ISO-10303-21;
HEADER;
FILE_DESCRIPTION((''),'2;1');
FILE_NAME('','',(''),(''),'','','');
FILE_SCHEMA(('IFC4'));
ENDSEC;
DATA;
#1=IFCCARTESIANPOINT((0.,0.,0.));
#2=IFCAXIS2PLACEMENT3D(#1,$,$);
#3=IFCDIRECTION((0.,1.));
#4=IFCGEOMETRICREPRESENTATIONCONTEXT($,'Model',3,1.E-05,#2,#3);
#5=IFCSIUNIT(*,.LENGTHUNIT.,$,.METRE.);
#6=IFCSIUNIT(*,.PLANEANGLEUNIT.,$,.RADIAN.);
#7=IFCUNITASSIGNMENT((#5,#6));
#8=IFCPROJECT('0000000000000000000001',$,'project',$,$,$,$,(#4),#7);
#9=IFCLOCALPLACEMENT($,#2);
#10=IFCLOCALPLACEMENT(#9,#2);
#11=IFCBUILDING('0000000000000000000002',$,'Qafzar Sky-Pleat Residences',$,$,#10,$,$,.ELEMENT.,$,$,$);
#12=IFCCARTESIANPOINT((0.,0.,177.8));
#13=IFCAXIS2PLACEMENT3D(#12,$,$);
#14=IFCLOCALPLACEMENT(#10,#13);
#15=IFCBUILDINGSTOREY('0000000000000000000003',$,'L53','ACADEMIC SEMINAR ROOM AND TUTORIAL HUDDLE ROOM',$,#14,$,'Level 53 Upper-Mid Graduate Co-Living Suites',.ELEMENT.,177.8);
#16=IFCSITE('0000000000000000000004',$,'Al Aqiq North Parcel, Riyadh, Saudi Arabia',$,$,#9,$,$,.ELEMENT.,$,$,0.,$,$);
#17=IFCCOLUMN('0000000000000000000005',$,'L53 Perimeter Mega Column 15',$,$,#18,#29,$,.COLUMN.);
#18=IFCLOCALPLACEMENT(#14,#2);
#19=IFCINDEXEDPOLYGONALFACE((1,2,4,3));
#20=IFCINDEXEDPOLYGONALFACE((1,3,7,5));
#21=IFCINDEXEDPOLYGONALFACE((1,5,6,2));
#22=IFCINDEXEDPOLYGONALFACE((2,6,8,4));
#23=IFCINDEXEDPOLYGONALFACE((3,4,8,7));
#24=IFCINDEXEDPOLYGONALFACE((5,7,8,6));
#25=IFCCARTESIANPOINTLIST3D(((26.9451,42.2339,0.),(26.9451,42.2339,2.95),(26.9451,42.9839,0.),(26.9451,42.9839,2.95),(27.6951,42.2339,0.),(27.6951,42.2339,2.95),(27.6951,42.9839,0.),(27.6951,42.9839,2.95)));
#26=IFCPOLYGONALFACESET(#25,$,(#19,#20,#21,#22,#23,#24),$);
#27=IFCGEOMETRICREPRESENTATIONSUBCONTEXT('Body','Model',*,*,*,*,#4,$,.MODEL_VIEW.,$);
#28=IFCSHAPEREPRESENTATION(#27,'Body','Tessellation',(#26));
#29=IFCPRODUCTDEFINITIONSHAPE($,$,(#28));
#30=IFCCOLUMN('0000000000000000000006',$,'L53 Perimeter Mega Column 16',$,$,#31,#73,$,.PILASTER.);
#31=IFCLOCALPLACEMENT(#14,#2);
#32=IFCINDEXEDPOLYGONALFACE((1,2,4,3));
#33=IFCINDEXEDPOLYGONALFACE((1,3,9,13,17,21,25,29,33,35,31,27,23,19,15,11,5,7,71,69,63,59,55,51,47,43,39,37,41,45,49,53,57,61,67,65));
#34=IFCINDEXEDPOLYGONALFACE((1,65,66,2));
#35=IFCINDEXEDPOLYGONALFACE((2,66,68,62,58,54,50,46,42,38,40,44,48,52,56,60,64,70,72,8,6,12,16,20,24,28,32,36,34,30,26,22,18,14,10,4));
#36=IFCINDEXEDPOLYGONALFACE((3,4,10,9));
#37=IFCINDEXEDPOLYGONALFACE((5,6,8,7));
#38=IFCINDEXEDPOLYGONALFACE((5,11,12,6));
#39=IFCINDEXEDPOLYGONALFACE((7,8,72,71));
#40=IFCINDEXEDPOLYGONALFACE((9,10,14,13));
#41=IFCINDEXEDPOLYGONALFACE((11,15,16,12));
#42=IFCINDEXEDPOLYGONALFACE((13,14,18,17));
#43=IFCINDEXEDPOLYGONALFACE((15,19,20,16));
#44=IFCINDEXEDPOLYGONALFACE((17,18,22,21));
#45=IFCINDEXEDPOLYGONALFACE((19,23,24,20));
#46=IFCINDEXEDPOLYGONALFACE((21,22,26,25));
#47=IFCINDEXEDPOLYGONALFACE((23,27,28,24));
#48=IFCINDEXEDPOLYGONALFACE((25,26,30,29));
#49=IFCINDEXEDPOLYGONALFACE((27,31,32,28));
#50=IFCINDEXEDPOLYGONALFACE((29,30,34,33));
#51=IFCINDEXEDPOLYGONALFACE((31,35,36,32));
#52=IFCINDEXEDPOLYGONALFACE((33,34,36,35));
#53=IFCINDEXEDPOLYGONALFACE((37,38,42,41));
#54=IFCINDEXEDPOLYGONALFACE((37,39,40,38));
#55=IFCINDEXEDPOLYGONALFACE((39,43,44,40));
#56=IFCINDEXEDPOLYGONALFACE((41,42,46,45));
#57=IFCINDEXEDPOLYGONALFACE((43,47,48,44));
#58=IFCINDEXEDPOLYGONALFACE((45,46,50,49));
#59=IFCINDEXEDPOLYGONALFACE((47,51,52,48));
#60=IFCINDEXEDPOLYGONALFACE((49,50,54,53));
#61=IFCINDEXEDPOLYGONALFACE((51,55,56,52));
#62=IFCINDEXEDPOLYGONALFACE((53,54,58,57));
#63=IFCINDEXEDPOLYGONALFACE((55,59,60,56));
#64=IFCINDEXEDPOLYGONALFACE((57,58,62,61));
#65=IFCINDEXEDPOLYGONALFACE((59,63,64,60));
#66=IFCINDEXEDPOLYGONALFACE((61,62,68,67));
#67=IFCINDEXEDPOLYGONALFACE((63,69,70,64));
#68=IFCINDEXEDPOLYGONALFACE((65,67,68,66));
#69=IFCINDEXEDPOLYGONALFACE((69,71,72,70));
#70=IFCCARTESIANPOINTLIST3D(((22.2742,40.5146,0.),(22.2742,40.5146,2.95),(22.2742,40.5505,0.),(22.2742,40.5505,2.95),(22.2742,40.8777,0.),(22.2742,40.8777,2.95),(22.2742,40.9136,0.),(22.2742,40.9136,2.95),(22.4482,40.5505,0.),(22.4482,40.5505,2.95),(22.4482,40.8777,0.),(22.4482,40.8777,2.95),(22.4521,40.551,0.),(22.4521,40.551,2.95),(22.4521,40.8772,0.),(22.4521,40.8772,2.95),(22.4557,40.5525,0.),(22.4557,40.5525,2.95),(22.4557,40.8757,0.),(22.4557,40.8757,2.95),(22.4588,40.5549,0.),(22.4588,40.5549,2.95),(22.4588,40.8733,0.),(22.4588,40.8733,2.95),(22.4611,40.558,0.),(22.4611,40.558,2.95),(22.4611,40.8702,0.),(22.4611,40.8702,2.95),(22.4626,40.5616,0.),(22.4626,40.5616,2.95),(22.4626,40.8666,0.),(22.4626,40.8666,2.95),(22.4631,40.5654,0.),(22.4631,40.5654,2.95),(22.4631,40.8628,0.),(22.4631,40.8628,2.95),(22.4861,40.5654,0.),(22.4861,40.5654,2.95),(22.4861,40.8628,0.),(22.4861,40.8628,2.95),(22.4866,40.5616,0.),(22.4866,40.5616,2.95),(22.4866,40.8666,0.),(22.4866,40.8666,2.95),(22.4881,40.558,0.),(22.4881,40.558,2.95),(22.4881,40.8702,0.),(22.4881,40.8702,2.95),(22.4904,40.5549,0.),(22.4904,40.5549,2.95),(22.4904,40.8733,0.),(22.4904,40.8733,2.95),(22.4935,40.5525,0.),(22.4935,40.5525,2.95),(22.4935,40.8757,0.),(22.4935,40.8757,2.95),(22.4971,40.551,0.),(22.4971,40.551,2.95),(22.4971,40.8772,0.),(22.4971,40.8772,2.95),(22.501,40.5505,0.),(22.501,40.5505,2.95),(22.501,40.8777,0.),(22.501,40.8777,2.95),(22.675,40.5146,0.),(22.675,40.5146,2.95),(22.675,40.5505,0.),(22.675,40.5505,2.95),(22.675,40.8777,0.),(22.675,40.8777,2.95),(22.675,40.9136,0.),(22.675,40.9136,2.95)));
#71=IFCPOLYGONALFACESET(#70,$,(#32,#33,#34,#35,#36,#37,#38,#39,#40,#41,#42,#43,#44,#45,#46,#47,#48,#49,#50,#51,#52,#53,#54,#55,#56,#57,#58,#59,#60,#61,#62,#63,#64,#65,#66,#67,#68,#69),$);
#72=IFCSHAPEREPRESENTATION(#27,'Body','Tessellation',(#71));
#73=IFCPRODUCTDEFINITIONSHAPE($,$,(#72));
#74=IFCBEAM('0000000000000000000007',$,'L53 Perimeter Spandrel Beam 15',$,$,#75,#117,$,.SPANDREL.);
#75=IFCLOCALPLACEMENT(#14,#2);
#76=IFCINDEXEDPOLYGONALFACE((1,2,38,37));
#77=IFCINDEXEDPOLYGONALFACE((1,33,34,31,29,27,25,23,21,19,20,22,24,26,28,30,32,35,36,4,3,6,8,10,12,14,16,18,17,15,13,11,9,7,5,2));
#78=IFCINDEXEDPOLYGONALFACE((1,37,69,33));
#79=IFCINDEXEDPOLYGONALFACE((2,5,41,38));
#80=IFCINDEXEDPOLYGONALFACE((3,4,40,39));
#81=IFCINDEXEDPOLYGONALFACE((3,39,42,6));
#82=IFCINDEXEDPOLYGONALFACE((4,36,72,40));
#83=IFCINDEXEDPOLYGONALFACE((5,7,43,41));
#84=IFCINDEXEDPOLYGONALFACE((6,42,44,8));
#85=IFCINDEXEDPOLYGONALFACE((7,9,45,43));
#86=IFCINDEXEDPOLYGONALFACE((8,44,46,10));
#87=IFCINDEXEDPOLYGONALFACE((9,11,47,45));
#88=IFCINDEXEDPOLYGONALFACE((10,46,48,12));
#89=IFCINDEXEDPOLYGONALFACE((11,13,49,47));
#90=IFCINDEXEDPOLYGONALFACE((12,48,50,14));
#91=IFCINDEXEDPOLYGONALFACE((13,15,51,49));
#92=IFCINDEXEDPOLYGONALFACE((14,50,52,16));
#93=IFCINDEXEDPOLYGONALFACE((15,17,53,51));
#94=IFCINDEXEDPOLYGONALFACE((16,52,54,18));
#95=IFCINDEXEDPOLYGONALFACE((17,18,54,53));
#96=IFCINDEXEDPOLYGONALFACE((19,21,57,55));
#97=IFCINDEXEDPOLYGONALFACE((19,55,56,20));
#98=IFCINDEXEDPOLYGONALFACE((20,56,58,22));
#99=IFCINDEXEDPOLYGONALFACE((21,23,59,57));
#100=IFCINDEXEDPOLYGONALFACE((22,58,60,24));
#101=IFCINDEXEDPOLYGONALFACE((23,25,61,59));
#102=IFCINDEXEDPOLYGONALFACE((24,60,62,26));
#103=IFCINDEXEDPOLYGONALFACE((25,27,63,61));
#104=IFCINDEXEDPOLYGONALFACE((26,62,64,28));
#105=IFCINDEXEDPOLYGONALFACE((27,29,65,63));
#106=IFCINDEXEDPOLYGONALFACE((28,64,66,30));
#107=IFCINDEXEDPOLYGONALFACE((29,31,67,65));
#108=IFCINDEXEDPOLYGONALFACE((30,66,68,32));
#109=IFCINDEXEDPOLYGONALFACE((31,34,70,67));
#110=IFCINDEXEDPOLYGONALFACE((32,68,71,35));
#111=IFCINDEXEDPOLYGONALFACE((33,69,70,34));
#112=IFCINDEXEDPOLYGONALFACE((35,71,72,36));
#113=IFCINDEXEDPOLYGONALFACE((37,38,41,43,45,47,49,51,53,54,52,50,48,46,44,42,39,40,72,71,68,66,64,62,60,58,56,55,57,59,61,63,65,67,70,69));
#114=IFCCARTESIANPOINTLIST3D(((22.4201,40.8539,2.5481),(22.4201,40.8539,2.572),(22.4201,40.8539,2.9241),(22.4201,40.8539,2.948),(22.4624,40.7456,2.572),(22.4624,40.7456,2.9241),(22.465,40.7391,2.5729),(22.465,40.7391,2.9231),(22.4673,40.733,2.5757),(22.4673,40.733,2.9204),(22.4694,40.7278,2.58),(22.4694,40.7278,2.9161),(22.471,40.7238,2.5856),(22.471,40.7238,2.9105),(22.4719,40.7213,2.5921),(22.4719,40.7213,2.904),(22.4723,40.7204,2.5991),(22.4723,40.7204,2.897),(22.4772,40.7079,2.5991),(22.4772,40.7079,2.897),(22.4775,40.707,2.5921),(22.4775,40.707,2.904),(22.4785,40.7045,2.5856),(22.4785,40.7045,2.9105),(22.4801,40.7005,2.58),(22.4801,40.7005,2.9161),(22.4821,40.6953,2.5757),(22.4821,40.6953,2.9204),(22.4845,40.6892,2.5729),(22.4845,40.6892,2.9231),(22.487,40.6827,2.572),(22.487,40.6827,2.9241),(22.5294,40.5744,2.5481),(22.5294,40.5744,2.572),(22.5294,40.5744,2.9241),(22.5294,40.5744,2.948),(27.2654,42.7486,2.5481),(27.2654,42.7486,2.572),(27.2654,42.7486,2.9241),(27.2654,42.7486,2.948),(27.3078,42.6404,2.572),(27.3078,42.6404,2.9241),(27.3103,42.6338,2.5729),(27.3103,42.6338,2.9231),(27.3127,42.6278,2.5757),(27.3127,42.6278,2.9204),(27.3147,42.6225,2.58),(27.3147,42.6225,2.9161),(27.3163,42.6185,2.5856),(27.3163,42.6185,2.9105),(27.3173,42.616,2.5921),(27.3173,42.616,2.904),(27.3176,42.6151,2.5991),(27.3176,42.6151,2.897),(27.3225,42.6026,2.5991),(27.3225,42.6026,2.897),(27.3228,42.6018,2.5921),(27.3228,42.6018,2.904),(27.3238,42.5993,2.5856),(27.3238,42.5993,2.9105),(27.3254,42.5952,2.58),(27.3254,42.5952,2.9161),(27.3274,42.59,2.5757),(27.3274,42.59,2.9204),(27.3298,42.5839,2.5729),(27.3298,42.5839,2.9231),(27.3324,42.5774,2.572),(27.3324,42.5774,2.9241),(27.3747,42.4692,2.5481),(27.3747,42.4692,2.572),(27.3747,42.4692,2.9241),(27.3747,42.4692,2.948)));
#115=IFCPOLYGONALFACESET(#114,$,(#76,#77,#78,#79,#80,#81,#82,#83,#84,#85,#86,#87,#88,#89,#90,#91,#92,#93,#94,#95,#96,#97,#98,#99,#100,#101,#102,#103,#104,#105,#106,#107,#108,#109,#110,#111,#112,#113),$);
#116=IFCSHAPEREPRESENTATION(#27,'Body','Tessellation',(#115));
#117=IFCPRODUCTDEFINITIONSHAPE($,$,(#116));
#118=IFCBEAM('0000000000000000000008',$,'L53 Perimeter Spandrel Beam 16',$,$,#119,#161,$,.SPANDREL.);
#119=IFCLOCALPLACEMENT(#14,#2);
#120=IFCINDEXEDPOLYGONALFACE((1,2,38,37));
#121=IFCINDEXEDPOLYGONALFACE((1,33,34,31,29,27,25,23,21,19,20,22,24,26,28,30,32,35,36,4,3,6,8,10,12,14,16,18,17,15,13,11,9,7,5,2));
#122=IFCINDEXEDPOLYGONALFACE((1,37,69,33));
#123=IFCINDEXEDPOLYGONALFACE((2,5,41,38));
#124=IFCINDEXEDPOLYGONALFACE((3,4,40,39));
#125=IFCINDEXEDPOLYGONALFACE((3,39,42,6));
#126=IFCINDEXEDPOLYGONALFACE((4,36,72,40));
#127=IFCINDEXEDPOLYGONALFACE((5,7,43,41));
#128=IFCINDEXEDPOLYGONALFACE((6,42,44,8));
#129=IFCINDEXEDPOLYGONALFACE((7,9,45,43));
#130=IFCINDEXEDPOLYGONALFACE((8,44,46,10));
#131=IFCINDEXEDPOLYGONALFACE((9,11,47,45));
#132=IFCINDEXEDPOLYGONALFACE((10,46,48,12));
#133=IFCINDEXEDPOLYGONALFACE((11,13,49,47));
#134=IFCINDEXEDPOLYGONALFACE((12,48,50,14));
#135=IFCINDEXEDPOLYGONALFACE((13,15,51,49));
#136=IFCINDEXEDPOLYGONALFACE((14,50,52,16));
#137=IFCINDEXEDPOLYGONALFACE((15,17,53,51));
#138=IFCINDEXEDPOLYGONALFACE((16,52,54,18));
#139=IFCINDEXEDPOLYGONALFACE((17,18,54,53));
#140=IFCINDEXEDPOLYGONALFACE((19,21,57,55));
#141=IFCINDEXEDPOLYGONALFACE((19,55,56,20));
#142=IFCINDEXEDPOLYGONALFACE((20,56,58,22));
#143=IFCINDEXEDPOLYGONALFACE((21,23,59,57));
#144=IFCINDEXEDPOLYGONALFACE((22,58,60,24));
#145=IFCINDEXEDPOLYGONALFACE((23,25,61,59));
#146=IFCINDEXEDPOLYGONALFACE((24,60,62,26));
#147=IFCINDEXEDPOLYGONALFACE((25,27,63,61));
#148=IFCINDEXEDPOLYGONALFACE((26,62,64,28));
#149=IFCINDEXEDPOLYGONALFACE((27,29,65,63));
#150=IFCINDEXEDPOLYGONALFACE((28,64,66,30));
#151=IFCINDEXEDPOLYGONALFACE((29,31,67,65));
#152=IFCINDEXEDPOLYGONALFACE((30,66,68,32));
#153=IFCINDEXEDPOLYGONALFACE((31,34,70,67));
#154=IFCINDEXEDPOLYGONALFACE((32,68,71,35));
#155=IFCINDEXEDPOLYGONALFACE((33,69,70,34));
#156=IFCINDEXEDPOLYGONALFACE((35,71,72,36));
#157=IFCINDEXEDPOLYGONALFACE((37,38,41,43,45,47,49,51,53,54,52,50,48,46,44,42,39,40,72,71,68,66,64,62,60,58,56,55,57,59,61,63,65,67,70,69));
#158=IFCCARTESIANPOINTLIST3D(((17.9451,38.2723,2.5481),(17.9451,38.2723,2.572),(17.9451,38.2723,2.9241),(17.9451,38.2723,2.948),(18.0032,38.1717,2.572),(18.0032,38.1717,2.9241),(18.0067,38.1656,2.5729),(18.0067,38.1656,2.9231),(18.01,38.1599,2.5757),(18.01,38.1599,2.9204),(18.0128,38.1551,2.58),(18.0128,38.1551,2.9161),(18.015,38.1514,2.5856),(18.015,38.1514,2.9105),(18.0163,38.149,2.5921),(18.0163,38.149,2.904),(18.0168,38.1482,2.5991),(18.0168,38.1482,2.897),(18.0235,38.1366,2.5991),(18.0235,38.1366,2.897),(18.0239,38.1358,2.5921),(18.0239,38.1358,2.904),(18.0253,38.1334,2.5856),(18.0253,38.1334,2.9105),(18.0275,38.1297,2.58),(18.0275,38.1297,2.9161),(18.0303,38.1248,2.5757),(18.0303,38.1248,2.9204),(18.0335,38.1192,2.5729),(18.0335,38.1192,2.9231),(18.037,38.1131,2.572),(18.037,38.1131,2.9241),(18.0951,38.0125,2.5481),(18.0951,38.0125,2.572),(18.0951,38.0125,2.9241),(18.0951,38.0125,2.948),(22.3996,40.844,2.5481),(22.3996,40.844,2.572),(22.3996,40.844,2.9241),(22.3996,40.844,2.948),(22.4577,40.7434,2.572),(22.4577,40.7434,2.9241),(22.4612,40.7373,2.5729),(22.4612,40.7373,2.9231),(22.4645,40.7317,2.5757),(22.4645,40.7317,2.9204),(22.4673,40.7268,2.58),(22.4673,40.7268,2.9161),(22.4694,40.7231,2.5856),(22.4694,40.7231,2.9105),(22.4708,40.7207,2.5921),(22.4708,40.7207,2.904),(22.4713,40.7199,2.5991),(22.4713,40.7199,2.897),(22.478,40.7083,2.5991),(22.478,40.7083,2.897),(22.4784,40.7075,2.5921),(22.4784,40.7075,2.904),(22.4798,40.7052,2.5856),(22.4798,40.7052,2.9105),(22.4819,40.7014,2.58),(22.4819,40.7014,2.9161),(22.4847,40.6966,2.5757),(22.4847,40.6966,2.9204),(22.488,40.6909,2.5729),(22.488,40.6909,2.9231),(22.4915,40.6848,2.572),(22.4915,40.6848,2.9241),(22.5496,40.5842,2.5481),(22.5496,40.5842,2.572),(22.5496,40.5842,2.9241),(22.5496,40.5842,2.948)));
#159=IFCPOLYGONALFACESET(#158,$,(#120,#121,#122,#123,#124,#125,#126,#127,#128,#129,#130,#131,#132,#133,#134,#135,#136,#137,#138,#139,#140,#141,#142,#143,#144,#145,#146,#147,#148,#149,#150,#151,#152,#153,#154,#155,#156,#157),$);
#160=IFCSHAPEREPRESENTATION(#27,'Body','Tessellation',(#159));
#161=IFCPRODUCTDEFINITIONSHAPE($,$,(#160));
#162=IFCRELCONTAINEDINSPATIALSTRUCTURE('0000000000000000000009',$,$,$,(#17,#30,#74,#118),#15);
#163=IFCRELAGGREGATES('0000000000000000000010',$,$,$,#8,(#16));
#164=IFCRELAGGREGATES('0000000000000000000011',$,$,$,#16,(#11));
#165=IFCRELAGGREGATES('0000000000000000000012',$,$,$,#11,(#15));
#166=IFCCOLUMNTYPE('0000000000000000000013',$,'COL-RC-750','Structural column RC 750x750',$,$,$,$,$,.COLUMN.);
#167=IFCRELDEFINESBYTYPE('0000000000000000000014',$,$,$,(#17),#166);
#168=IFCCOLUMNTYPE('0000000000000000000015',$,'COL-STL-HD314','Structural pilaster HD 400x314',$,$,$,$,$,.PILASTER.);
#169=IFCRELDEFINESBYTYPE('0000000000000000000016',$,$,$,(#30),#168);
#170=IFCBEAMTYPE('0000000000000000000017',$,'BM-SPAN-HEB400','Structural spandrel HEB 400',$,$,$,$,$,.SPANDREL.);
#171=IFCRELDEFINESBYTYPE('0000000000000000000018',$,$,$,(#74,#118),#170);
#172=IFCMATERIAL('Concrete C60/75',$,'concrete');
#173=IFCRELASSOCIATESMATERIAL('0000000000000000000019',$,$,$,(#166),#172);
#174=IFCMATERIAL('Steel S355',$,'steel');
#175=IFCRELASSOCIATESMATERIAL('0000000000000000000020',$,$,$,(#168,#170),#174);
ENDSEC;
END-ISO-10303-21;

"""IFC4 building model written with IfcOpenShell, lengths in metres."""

from ifc_helpers import new_model, si_unit, direction, frame, origin, origin_2d, place, context, subcontext, project, spatial, rectangle, i_section, extrude, source, transform, mapped, material, material_profile, profile_set, type_object, element, save


model = new_model("IFC4")

# Units and contexts
model_context = context("Model", 3, precision=1e-05, world=origin(), true_north=direction((0.0, 1.0)))
body_context = subcontext(model_context, "Body", "Model", "MODEL_VIEW")
ifc_project = project(units=[si_unit("LENGTHUNIT", "METRE"), si_unit("PLANEANGLEUNIT", "RADIAN")], contexts=[model_context])

# Site, building, storey
site_placement = place(None, origin())
site = spatial("IfcSite", under=ifc_project, at=site_placement, Name="Al Aqiq North Parcel, Riyadh, Saudi Arabia", CompositionType="ELEMENT", RefElevation=0.0)
building_placement = place(site_placement, origin())
building = spatial("IfcBuilding", under=site, at=building_placement, Name="Qafzar Sky-Pleat Residences", CompositionType="ELEMENT")
storey_placement = place(building_placement, frame((0.0, 0.0, 177.8)))
storey = spatial("IfcBuildingStorey", under=building, at=storey_placement, Name="L53", Description="ACADEMIC SEMINAR ROOM AND TUTORIAL HUDDLE ROOM", LongName="Level 53 Upper-Mid Graduate Co-Living Suites", CompositionType="ELEMENT", Elevation=177.8)

# Columns
ifc_material_1 = material(Name="Concrete C60/75", Category="concrete")
ifc_material_profile_1 = material_profile(ifc_material_1, rectangle(XDim=0.75, YDim=0.75, at=origin_2d()), Name="RC 750x750")
ifc_profile_set_1 = profile_set([ifc_material_profile_1], Name="Concrete C60/75")
column_type_1 = type_object("IfcColumnType", Name="COL-RC-750", Description="Structural column RC 750x750", PredefinedType="COLUMN", material=ifc_profile_set_1)
shared_shape_1 = source(origin(), body_context, "Body", "SweptSolid", [
    extrude(rectangle(XDim=0.75, YDim=0.75, at=origin_2d()), origin(), (0.0, 0.0, 1.0), 2.95),
])
column_1_placement = place(storey_placement, frame((27.3201, 42.6089, 0.0), z_axis=(0.0, 0.0, 1.0), x_axis=(1.0, 0.0, 0.0)))
element("IfcColumn", 1, at=column_1_placement, inside=storey, type_object=column_type_1, Name="L53 Perimeter Mega Column 15", PredefinedType="COLUMN", context=body_context, shape_type="MappedRepresentation", body=[
    mapped(shared_shape_1, transform((0.0, 0.0, 0.0), x_axis=(1.0, 0.0, 0.0), y_axis=(0.0, 1.0, 0.0), z_axis=(0.0, 0.0, 1.0), scale=1.0)),
])
ifc_material_2 = material(Name="Steel S355", Category="steel")
ifc_material_profile_2 = material_profile(ifc_material_2, i_section(OverallWidth=0.4009, OverallDepth=0.3989, WebThickness=0.0229, FlangeThickness=0.0359, FilletRadius=0.0149, at=origin_2d()), Name="HD 400x314")
ifc_profile_set_2 = profile_set([ifc_material_profile_2], Name="Steel S355")
column_type_2 = type_object("IfcColumnType", Name="COL-STL-HD314", Description="Structural pilaster HD 400x314", PredefinedType="PILASTER", material=ifc_profile_set_2)
shared_shape_2 = source(origin(), body_context, "Body", "SweptSolid", [
    extrude(i_section(OverallWidth=0.4009, OverallDepth=0.3989, WebThickness=0.0229, FlangeThickness=0.0359, FilletRadius=0.0149, at=origin_2d()), origin(), (0.0, 0.0, 1.0), 2.95),
])
column_2_placement = place(storey_placement, frame((22.4746, 40.7141, 0.0), z_axis=(0.0, 0.0, 1.0), x_axis=(1.0, 0.0, 0.0)))
element("IfcColumn", 2, at=column_2_placement, inside=storey, type_object=column_type_2, Name="L53 Perimeter Mega Column 16", PredefinedType="PILASTER", context=body_context, shape_type="MappedRepresentation", body=[
    mapped(shared_shape_2, transform((0.0, 0.0, 0.0), x_axis=(1.0, 0.0, 0.0), y_axis=(0.0, 1.0, 0.0), z_axis=(0.0, 0.0, 1.0), scale=1.0)),
])

# Beams
ifc_material_profile_3 = material_profile(ifc_material_2, i_section(OverallWidth=0.3, OverallDepth=0.3999, WebThickness=0.0134, FlangeThickness=0.0239, FilletRadius=0.0271, at=origin_2d()), Name="HEB 400")
ifc_profile_set_3 = profile_set([ifc_material_profile_3], Name="Steel S355")
beam_type_1 = type_object("IfcBeamType", Name="BM-SPAN-HEB400", Description="Structural spandrel HEB 400", PredefinedType="SPANDREL", material=ifc_profile_set_3)
shared_shape_3 = source(origin(), body_context, "Body", "SweptSolid", [
    extrude(i_section(OverallWidth=0.3, OverallDepth=0.3999, WebThickness=0.0134, FlangeThickness=0.0239, FilletRadius=0.0271, at=origin_2d()), origin(), (0.0, 0.0, 1.0), 5.2026),
])
beam_1_placement = place(storey_placement, frame((27.3201, 42.6089, 2.748), z_axis=(-0.931326, -0.364187, 0.0), x_axis=(0.364187, -0.931326, 0.0)))
element("IfcBeam", 3, at=beam_1_placement, inside=storey, type_object=beam_type_1, Name="L53 Perimeter Spandrel Beam 15", PredefinedType="SPANDREL", context=body_context, shape_type="MappedRepresentation", body=[
    mapped(shared_shape_3, transform((0.0, 0.0, 0.0), x_axis=(1.0, 0.0, 0.0), y_axis=(0.0, 1.0, 0.0), z_axis=(0.0, 0.0, 1.0), scale=1.0)),
])
shared_shape_4 = source(origin(), body_context, "Body", "SweptSolid", [
    extrude(i_section(OverallWidth=0.3, OverallDepth=0.3999, WebThickness=0.0134, FlangeThickness=0.0239, FilletRadius=0.0271, at=origin_2d()), origin(), (0.0, 0.0, 1.0), 5.1436),
])
beam_2_placement = place(storey_placement, frame((22.4746, 40.7141, 2.748), z_axis=(-0.866032, -0.499988, 0.0), x_axis=(0.499988, -0.866032, 0.0)))
element("IfcBeam", 4, at=beam_2_placement, inside=storey, type_object=beam_type_1, Name="L53 Perimeter Spandrel Beam 16", PredefinedType="SPANDREL", context=body_context, shape_type="MappedRepresentation", body=[
    mapped(shared_shape_4, transform((0.0, 0.0, 0.0), x_axis=(1.0, 0.0, 0.0), y_axis=(0.0, 1.0, 0.0), z_axis=(0.0, 0.0, 1.0), scale=1.0)),
])

save(model, "model.ifc")
